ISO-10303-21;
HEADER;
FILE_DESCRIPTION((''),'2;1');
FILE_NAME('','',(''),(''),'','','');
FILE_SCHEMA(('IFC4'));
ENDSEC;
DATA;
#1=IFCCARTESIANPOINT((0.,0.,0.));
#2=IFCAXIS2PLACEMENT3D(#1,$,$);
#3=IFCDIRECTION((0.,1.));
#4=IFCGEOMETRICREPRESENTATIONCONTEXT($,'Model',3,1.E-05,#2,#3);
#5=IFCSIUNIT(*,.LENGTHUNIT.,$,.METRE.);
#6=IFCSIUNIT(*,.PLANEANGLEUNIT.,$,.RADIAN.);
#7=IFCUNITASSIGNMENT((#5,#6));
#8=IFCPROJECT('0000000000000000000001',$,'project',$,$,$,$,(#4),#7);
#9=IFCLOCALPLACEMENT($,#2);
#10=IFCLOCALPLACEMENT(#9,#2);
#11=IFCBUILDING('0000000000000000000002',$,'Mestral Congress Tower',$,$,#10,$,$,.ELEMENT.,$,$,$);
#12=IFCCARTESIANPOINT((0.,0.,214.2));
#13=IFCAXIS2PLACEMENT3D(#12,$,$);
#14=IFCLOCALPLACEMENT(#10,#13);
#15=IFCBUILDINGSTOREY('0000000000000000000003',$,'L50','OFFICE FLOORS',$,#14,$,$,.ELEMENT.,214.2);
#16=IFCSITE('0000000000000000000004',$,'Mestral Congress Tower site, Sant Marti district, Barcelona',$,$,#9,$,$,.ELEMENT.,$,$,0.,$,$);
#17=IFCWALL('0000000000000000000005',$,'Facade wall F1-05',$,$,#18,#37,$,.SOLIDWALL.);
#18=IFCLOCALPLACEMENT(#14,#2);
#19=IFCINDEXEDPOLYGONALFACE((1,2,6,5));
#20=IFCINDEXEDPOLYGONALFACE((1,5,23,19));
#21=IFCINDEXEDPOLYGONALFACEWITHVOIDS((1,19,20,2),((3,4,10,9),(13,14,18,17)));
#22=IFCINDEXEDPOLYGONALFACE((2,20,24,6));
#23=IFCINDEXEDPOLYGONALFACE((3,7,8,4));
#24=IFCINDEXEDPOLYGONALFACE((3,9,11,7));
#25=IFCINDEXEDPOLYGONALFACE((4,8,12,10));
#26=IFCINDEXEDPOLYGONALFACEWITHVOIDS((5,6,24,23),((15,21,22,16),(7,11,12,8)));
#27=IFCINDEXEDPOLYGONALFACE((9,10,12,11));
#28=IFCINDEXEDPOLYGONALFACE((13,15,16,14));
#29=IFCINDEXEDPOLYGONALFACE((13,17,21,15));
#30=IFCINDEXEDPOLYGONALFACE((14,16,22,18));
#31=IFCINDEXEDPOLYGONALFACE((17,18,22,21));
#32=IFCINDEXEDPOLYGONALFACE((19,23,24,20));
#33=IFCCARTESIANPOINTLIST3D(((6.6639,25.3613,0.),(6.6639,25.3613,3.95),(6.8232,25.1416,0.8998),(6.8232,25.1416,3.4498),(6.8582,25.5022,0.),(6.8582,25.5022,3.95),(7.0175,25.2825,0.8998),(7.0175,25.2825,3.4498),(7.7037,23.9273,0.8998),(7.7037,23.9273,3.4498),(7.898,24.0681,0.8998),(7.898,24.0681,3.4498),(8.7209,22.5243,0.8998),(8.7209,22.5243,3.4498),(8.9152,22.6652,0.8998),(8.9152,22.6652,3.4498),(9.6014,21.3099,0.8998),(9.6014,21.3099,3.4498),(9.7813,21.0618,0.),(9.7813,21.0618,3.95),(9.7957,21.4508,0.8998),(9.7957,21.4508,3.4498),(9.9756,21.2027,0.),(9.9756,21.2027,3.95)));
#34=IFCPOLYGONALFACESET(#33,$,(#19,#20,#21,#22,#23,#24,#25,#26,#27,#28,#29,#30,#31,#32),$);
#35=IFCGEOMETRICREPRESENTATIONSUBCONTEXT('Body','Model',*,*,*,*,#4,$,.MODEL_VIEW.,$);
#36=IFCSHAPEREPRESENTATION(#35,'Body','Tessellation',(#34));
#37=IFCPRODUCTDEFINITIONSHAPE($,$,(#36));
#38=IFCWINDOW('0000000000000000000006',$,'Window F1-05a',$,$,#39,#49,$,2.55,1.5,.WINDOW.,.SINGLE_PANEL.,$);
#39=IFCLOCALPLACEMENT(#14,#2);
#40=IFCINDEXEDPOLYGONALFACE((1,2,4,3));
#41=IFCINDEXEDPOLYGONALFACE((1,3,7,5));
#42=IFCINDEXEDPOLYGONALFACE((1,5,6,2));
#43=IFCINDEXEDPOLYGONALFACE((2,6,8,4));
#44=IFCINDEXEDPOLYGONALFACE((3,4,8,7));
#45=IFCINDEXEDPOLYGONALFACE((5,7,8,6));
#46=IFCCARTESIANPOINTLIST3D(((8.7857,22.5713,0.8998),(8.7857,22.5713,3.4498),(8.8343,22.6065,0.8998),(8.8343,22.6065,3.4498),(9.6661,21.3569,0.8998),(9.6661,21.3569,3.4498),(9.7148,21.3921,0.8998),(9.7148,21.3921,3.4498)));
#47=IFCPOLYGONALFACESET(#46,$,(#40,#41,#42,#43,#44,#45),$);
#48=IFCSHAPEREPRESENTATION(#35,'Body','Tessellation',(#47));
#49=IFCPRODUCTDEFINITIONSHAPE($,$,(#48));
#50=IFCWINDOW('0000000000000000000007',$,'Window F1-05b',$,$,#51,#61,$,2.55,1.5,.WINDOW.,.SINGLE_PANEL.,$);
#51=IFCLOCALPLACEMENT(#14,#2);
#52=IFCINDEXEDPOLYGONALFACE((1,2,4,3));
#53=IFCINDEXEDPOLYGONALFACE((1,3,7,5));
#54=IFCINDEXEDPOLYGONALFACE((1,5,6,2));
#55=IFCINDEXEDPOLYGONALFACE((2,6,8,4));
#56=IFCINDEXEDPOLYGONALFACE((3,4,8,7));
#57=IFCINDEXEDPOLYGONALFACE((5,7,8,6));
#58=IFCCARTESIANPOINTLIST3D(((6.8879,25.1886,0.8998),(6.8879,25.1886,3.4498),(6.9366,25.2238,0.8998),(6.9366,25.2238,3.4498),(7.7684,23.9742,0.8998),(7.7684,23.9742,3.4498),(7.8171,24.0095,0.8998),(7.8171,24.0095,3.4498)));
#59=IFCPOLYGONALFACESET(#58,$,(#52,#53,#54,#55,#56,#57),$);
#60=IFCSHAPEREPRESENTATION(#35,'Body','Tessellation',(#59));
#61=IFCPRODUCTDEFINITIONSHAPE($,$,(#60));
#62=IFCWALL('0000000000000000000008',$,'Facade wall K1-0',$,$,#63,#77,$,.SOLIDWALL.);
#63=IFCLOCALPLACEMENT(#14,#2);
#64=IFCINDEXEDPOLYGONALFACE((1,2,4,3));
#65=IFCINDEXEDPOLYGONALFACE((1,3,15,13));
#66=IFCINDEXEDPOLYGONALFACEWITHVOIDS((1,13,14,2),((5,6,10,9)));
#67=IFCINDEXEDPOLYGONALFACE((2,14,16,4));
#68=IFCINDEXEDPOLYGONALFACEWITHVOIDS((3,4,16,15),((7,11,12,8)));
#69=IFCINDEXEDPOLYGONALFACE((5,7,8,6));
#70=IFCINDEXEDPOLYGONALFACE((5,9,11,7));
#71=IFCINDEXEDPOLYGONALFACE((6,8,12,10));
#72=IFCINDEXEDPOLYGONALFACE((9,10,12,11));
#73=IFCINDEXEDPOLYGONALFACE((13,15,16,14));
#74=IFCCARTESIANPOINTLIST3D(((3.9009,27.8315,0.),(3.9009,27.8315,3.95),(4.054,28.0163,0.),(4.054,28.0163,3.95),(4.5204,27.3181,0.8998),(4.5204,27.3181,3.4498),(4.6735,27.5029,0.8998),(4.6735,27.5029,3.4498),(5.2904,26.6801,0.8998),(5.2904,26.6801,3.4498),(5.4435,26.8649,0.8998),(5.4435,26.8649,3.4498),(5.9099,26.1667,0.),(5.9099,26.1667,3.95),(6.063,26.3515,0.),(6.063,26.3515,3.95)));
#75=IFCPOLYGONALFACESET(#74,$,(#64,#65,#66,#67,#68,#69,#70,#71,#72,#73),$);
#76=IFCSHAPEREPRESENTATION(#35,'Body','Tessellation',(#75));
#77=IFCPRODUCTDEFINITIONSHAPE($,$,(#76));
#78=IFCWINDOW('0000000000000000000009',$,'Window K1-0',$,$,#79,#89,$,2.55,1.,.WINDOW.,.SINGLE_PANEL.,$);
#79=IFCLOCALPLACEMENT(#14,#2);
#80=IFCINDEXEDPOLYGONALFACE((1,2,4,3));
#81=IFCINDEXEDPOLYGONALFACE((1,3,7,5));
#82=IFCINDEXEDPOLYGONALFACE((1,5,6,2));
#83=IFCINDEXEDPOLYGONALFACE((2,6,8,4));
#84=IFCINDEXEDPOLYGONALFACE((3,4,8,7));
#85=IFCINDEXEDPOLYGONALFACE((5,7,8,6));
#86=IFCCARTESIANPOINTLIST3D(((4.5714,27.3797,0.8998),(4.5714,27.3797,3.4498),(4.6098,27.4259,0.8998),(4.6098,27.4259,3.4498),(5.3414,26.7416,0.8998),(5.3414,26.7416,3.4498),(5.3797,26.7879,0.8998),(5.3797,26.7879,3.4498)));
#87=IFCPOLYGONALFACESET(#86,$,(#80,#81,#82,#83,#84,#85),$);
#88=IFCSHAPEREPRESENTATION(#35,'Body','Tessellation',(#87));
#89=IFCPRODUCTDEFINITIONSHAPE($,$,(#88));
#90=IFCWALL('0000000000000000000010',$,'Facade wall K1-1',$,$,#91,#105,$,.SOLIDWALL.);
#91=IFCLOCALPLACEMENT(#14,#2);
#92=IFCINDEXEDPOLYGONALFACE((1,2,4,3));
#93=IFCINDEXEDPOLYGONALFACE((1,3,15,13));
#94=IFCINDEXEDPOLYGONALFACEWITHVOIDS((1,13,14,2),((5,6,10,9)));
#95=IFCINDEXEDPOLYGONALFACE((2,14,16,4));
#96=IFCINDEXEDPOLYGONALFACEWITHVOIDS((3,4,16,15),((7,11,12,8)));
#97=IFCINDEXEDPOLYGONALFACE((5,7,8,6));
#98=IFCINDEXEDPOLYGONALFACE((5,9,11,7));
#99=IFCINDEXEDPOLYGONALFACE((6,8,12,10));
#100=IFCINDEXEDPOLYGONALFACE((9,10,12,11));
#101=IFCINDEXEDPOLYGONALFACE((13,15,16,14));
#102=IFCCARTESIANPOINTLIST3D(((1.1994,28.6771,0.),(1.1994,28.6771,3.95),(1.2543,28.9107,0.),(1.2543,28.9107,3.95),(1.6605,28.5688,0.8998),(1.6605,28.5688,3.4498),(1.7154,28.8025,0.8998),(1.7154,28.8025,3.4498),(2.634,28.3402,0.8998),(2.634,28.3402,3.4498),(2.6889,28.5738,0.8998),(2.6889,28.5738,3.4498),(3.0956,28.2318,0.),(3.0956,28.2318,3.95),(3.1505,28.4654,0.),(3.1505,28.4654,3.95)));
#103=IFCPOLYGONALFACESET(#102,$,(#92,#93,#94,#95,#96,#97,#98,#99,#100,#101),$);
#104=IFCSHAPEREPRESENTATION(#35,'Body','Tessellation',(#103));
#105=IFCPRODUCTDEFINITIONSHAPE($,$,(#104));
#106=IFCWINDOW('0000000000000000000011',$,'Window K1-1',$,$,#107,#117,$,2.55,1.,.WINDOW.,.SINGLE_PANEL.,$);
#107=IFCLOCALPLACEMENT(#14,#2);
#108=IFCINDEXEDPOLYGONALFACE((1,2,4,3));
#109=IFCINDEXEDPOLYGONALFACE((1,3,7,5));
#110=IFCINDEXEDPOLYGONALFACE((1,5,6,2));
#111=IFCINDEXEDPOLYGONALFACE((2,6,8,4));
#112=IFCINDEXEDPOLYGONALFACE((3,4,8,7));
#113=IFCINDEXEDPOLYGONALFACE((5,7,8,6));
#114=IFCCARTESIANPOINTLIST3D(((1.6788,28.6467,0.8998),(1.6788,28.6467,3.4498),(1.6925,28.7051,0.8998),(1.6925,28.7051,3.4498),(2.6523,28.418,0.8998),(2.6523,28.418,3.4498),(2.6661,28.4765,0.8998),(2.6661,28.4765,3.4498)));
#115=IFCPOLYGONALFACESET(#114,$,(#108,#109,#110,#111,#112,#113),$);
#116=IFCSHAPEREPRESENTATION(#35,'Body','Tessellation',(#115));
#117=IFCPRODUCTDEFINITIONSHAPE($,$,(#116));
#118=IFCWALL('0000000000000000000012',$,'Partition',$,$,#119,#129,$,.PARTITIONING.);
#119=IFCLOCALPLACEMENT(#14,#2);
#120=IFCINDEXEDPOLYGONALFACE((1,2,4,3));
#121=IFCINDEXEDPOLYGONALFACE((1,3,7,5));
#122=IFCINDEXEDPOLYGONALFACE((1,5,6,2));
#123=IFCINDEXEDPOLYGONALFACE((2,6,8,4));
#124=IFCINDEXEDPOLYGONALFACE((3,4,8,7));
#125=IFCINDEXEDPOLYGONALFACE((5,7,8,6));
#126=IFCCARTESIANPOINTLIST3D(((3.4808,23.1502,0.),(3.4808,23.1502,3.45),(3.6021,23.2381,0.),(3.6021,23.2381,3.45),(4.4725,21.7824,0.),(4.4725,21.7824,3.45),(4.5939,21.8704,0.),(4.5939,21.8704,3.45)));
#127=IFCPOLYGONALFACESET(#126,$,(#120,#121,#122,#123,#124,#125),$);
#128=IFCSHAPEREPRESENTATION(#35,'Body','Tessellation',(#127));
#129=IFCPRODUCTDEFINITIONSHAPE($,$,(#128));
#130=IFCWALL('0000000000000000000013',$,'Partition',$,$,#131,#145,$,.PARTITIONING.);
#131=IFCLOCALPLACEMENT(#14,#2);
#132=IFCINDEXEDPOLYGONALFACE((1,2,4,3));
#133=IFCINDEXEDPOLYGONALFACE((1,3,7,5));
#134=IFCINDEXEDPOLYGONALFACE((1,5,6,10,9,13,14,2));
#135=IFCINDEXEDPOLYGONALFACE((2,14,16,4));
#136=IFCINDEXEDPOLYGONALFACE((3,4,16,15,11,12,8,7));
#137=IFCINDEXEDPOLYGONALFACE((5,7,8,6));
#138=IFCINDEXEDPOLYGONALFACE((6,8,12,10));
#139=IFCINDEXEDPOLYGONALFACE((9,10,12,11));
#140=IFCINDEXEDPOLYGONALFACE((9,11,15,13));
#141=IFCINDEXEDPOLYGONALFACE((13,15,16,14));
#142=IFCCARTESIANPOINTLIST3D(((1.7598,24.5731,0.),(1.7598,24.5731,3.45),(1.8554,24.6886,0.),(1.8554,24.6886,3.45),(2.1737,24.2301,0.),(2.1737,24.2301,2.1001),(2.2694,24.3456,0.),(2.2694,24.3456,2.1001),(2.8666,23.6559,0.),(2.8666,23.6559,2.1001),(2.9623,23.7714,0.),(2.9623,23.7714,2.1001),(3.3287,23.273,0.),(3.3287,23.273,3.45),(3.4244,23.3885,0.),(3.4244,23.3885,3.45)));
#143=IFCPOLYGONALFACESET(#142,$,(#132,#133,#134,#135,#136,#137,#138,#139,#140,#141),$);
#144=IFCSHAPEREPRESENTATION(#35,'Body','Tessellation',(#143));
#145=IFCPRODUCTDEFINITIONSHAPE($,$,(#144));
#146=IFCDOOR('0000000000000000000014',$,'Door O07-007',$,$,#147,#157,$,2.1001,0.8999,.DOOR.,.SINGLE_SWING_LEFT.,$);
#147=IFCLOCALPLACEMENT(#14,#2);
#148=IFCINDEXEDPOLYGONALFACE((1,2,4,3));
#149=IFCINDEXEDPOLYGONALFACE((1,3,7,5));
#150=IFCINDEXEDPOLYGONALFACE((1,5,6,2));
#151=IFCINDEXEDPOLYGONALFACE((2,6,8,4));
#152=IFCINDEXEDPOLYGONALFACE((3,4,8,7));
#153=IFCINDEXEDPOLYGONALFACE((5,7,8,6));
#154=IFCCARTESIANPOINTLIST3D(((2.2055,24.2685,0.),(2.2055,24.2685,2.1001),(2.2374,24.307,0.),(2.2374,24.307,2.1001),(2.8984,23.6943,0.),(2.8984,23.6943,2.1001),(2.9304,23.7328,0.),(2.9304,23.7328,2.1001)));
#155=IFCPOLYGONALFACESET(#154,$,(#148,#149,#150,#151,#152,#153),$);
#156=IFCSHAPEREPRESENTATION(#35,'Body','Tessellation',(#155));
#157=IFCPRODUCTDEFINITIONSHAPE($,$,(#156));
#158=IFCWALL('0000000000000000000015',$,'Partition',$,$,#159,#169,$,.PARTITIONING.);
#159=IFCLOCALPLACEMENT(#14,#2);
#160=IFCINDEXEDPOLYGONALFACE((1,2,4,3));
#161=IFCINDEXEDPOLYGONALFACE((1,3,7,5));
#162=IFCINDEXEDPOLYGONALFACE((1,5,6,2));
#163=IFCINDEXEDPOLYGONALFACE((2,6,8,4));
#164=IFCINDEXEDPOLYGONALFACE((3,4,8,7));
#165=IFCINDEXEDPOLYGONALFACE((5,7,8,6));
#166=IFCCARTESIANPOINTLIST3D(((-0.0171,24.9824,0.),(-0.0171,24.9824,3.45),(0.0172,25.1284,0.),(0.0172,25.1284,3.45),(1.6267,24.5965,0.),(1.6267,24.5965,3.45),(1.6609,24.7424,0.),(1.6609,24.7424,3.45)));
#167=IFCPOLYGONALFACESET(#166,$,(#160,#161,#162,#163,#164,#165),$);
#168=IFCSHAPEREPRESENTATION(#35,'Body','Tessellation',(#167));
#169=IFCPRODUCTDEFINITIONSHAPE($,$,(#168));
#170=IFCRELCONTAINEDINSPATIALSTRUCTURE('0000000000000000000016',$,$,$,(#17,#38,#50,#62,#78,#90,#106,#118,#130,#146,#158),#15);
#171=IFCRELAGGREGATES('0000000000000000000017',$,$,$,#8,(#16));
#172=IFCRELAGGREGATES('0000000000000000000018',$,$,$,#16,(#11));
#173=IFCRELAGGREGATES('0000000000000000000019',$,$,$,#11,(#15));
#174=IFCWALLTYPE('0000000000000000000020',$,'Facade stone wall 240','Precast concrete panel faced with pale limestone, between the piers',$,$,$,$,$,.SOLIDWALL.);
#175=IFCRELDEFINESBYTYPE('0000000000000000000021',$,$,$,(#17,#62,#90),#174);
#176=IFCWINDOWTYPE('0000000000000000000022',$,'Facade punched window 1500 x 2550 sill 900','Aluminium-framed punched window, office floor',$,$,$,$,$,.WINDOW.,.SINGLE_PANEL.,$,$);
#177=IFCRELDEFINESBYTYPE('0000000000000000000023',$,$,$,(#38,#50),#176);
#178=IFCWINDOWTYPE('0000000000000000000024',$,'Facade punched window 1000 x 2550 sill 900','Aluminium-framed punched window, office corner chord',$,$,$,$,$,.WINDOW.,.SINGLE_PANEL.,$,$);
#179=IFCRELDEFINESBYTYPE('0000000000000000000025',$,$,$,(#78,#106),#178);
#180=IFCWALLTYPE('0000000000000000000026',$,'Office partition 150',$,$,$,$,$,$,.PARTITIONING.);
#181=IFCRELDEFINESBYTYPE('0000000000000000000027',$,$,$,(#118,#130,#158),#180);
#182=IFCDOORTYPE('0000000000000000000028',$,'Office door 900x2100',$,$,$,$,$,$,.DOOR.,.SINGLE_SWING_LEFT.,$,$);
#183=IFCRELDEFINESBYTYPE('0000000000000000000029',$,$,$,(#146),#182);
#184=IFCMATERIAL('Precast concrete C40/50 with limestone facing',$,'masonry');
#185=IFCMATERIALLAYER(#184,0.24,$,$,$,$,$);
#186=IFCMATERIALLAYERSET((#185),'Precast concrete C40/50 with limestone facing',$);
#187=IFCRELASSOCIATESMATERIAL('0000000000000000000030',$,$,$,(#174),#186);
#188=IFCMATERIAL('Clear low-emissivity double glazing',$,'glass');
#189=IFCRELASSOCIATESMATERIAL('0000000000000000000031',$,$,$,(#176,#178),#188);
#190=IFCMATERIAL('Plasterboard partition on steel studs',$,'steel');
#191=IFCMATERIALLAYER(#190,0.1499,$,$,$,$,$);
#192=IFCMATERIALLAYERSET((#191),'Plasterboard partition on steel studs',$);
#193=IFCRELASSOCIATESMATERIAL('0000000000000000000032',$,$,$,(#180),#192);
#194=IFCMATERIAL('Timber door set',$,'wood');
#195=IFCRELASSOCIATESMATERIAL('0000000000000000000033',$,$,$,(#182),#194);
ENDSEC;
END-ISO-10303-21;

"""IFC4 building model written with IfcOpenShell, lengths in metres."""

from ifc_helpers import new_model, si_unit, direction, frame, frame_2d, origin, place, context, subcontext, project, spatial, rectangle, extrude, material, layer, layer_set, type_object, element, fill, save


model = new_model("IFC4")

# Units and contexts
model_context = context("Model", 3, precision=1e-05, world=origin(), true_north=direction((0.0, 1.0)))
body_context = subcontext(model_context, "Body", "Model", "MODEL_VIEW")
ifc_project = project(units=[si_unit("LENGTHUNIT", "METRE"), si_unit("PLANEANGLEUNIT", "RADIAN")], contexts=[model_context])

# Site, building, storey
site_placement = place(None, origin())
site = spatial("IfcSite", under=ifc_project, at=site_placement, Name="Mestral Congress Tower site, Sant Marti district, Barcelona", CompositionType="ELEMENT", RefElevation=0.0)
building_placement = place(site_placement, origin())
building = spatial("IfcBuilding", under=site, at=building_placement, Name="Mestral Congress Tower", CompositionType="ELEMENT")
storey_placement = place(building_placement, frame((0.0, 0.0, 214.2)))
storey = spatial("IfcBuildingStorey", under=building, at=storey_placement, Name="L50", Description="OFFICE FLOORS", CompositionType="ELEMENT", Elevation=214.2)

# Wall, openings, windows
ifc_material_1 = material(Name="Precast concrete C40/50 with limestone facing", Category="masonry")
ifc_layer_1 = layer(ifc_material_1, 0.24)
ifc_layer_set_1 = layer_set([ifc_layer_1], Name="Precast concrete C40/50 with limestone facing")
wall_type_1 = type_object("IfcWallType", Name="Facade stone wall 240", Description="Precast concrete panel faced with pale limestone, between the piers", PredefinedType="SOLIDWALL", material=ifc_layer_set_1)
wall_1_placement = place(storey_placement, frame((9.8784, 21.1323, 0.0), z_axis=(0.0, 0.0, 1.0), x_axis=(-0.586998, 0.809588, 0.0)))
wall_1 = element("IfcWall", 1, at=wall_1_placement, inside=storey, type_object=wall_type_1, Name="Facade wall F1-05", PredefinedType="SOLIDWALL", context=body_context, shape_type="SweptSolid", body=[
    extrude(rectangle(XDim=5.3108, YDim=0.24, at=frame_2d((2.6553, 0.0))), origin(), (0.0, 0.0, 1.0), 3.95),
])
opening_1_placement = place(wall_1_placement, frame((0.3064, 0.0, 0.8999)))
opening_1 = element("IfcOpeningElement", 2, at=opening_1_placement, cuts=wall_1, PredefinedType="OPENING", context=body_context, shape_type="SweptSolid", body=[
    extrude(rectangle(XDim=1.5, YDim=2.55, at=frame_2d((0.75, 1.2749))), frame((0.0, 0.1299, 0.0), z_axis=(0.0, -1.0, 0.0), x_axis=(1.0, 0.0, 0.0)), (0.0, 0.0, 1.0), 0.26),
])
opening_2_placement = place(wall_1_placement, frame((3.5393, 0.0, 0.8999)))
opening_2 = element("IfcOpeningElement", 3, at=opening_2_placement, cuts=wall_1, PredefinedType="OPENING", context=body_context, shape_type="SweptSolid", body=[
    extrude(rectangle(XDim=1.5, YDim=2.55, at=frame_2d((0.75, 1.2749))), frame((0.0, 0.1299, 0.0), z_axis=(0.0, -1.0, 0.0), x_axis=(1.0, 0.0, 0.0)), (0.0, 0.0, 1.0), 0.26),
])
ifc_material_2 = material(Name="Clear low-emissivity double glazing", Category="glass")
window_type_1 = type_object("IfcWindowType", Name="Facade punched window 1500 x 2550 sill 900", Description="Aluminium-framed punched window, office floor", PartitioningType="SINGLE_PANEL", PredefinedType="WINDOW", material=ifc_material_2)
window_1_placement = place(opening_1_placement, origin())
window_1 = element("IfcWindow", 4, at=window_1_placement, inside=storey, type_object=window_type_1, Name="Window F1-05a", OverallHeight=2.55, OverallWidth=1.5, PartitioningType="SINGLE_PANEL", PredefinedType="WINDOW", context=body_context, shape_type="SweptSolid", body=[
    extrude(rectangle(XDim=1.5, YDim=2.55, at=frame_2d((0.75, 1.2749))), frame((0.0, 0.04, 0.0), z_axis=(0.0, -1.0, 0.0), x_axis=(1.0, 0.0, 0.0)), (0.0, 0.0, 1.0), 0.0601),
])
fill(opening_1, window_1)
window_2_placement = place(opening_2_placement, origin())
window_2 = element("IfcWindow", 5, at=window_2_placement, inside=storey, type_object=window_type_1, Name="Window F1-05b", OverallHeight=2.55, OverallWidth=1.5, PartitioningType="SINGLE_PANEL", PredefinedType="WINDOW", context=body_context, shape_type="SweptSolid", body=[
    extrude(rectangle(XDim=1.5, YDim=2.55, at=frame_2d((0.75, 1.2749))), frame((0.0, 0.04, 0.0), z_axis=(0.0, -1.0, 0.0), x_axis=(1.0, 0.0, 0.0)), (0.0, 0.0, 1.0), 0.0601),
])
fill(opening_2, window_2)

# Walls, openings, windows
wall_2_placement = place(storey_placement, frame((5.9866, 26.259, 0.0), z_axis=(0.0, 0.0, 1.0), x_axis=(-0.76999, 0.638056, 0.0)))
wall_2 = element("IfcWall", 6, at=wall_2_placement, inside=storey, type_object=wall_type_1, Name="Facade wall K1-0", PredefinedType="SOLIDWALL", context=body_context, shape_type="SweptSolid", body=[
    extrude(rectangle(XDim=2.6091, YDim=0.24, at=frame_2d((1.3047, 0.0))), origin(), (0.0, 0.0, 1.0), 3.95),
])
opening_3_placement = place(wall_2_placement, frame((0.8047, 0.0, 0.8999)))
opening_3 = element("IfcOpeningElement", 7, at=opening_3_placement, cuts=wall_2, PredefinedType="OPENING", context=body_context, shape_type="SweptSolid", body=[
    extrude(rectangle(XDim=1.0, YDim=2.55, at=frame_2d((0.5, 1.2749))), frame((0.0, 0.1299, 0.0), z_axis=(0.0, -1.0, 0.0), x_axis=(1.0, 0.0, 0.0)), (0.0, 0.0, 1.0), 0.26),
])
window_type_2 = type_object("IfcWindowType", Name="Facade punched window 1000 x 2550 sill 900", Description="Aluminium-framed punched window, office corner chord", PartitioningType="SINGLE_PANEL", PredefinedType="WINDOW", material=ifc_material_2)
window_3_placement = place(opening_3_placement, origin())
window_3 = element("IfcWindow", 8, at=window_3_placement, inside=storey, type_object=window_type_2, Name="Window K1-0", OverallHeight=2.55, OverallWidth=1.0, PartitioningType="SINGLE_PANEL", PredefinedType="WINDOW", context=body_context, shape_type="SweptSolid", body=[
    extrude(rectangle(XDim=1.0, YDim=2.55, at=frame_2d((0.5, 1.2749))), frame((0.0, 0.04, 0.0), z_axis=(0.0, -1.0, 0.0), x_axis=(1.0, 0.0, 0.0)), (0.0, 0.0, 1.0), 0.0601),
])
fill(opening_3, window_3)
wall_3_placement = place(storey_placement, frame((3.123, 28.3486, 0.0), z_axis=(0.0, 0.0, 1.0), x_axis=(-0.973516, 0.22862, 0.0)))
wall_3 = element("IfcWall", 9, at=wall_3_placement, inside=storey, type_object=wall_type_1, Name="Facade wall K1-1", PredefinedType="SOLIDWALL", context=body_context, shape_type="SweptSolid", body=[
    extrude(rectangle(XDim=1.9478, YDim=0.24, at=frame_2d((0.9739, 0.0))), origin(), (0.0, 0.0, 1.0), 3.95),
])
opening_4_placement = place(wall_3_placement, frame((0.4741, 0.0, 0.8999)))
opening_4 = element("IfcOpeningElement", 10, at=opening_4_placement, cuts=wall_3, PredefinedType="OPENING", context=body_context, shape_type="SweptSolid", body=[
    extrude(rectangle(XDim=1.0, YDim=2.55, at=frame_2d((0.5, 1.2749))), frame((0.0, 0.1299, 0.0), z_axis=(0.0, -1.0, 0.0), x_axis=(1.0, 0.0, 0.0)), (0.0, 0.0, 1.0), 0.26),
])
window_4_placement = place(opening_4_placement, origin())
window_4 = element("IfcWindow", 11, at=window_4_placement, inside=storey, type_object=window_type_2, Name="Window K1-1", OverallHeight=2.55, OverallWidth=1.0, PartitioningType="SINGLE_PANEL", PredefinedType="WINDOW", context=body_context, shape_type="SweptSolid", body=[
    extrude(rectangle(XDim=1.0, YDim=2.55, at=frame_2d((0.5, 1.2749))), frame((0.0, 0.04, 0.0), z_axis=(0.0, -1.0, 0.0), x_axis=(1.0, 0.0, 0.0)), (0.0, 0.0, 1.0), 0.0601),
])
fill(opening_4, window_4)

# Wall
ifc_material_3 = material(Name="Plasterboard partition on steel studs", Category="steel")
ifc_layer_2 = layer(ifc_material_3, 0.1499)
ifc_layer_set_2 = layer_set([ifc_layer_2], Name="Plasterboard partition on steel studs")
wall_type_2 = type_object("IfcWallType", Name="Office partition 150", PredefinedType="PARTITIONING", material=ifc_layer_set_2)
wall_4_placement = place(storey_placement, frame((4.5332, 21.8264, 0.0), z_axis=(0.0, 0.0, 1.0), x_axis=(-0.58702, 0.809573, 0.0)))
element("IfcWall", 12, at=wall_4_placement, inside=storey, type_object=wall_type_2, Name="Partition", PredefinedType="PARTITIONING", context=body_context, shape_type="SweptSolid", body=[
    extrude(rectangle(XDim=1.6895, YDim=0.1499, at=frame_2d((0.8447, 0.0))), origin(), (0.0, 0.0, 1.0), 3.45),
])

# Wall, opening, door
wall_5_placement = place(storey_placement, frame((1.8076, 24.6309, 0.0), z_axis=(0.0, 0.0, 1.0), x_axis=(0.769986, -0.63806, 0.0)))
wall_5 = element("IfcWall", 13, at=wall_5_placement, inside=storey, type_object=wall_type_2, Name="Partition", PredefinedType="PARTITIONING", context=body_context, shape_type="SweptSolid", body=[
    extrude(rectangle(XDim=2.0376, YDim=0.1499, at=frame_2d((1.0188, 0.0))), origin(), (0.0, 0.0, 1.0), 3.45),
])
opening_5_placement = place(wall_5_placement, frame((0.5376, 0.0, 0.0)))
opening_5 = element("IfcOpeningElement", 14, at=opening_5_placement, cuts=wall_5, PredefinedType="OPENING", context=body_context, shape_type="SweptSolid", body=[
    extrude(rectangle(XDim=0.8999, YDim=2.1001, at=frame_2d((0.45, 1.05))), frame((0.0, 0.085, 0.0), z_axis=(0.0, -1.0, 0.0), x_axis=(1.0, 0.0, 0.0)), (0.0, 0.0, 1.0), 0.1699),
])
ifc_material_4 = material(Name="Timber door set", Category="wood")
door_type_1 = type_object("IfcDoorType", Name="Office door 900x2100", OperationType="SINGLE_SWING_LEFT", PredefinedType="DOOR", material=ifc_material_4)
door_1_placement = place(opening_5_placement, origin())
door_1 = element("IfcDoor", 15, at=door_1_placement, inside=storey, type_object=door_type_1, Name="Door O07-007", OperationType="SINGLE_SWING_LEFT", OverallHeight=2.1001, OverallWidth=0.8999, PredefinedType="DOOR", context=body_context, shape_type="SweptSolid", body=[
    extrude(rectangle(XDim=0.8999, YDim=2.1001, at=frame_2d((0.45, 1.05))), frame((0.0, 0.0249, 0.0), z_axis=(0.0, -1.0, 0.0), x_axis=(1.0, 0.0, 0.0)), (0.0, 0.0, 1.0), 0.05),
])
fill(opening_5, door_1)

# Wall
wall_6_placement = place(storey_placement, frame((1.6438, 24.6694, 0.0), z_axis=(0.0, 0.0, 1.0), x_axis=(-0.973521, 0.228596, 0.0)))
element("IfcWall", 16, at=wall_6_placement, inside=storey, type_object=wall_type_2, Name="Partition", PredefinedType="PARTITIONING", context=body_context, shape_type="SweptSolid", body=[
    extrude(rectangle(XDim=1.6885, YDim=0.1499, at=frame_2d((0.8442, 0.0))), origin(), (0.0, 0.0, 1.0), 3.45),
])

save(model, "model.ifc")
